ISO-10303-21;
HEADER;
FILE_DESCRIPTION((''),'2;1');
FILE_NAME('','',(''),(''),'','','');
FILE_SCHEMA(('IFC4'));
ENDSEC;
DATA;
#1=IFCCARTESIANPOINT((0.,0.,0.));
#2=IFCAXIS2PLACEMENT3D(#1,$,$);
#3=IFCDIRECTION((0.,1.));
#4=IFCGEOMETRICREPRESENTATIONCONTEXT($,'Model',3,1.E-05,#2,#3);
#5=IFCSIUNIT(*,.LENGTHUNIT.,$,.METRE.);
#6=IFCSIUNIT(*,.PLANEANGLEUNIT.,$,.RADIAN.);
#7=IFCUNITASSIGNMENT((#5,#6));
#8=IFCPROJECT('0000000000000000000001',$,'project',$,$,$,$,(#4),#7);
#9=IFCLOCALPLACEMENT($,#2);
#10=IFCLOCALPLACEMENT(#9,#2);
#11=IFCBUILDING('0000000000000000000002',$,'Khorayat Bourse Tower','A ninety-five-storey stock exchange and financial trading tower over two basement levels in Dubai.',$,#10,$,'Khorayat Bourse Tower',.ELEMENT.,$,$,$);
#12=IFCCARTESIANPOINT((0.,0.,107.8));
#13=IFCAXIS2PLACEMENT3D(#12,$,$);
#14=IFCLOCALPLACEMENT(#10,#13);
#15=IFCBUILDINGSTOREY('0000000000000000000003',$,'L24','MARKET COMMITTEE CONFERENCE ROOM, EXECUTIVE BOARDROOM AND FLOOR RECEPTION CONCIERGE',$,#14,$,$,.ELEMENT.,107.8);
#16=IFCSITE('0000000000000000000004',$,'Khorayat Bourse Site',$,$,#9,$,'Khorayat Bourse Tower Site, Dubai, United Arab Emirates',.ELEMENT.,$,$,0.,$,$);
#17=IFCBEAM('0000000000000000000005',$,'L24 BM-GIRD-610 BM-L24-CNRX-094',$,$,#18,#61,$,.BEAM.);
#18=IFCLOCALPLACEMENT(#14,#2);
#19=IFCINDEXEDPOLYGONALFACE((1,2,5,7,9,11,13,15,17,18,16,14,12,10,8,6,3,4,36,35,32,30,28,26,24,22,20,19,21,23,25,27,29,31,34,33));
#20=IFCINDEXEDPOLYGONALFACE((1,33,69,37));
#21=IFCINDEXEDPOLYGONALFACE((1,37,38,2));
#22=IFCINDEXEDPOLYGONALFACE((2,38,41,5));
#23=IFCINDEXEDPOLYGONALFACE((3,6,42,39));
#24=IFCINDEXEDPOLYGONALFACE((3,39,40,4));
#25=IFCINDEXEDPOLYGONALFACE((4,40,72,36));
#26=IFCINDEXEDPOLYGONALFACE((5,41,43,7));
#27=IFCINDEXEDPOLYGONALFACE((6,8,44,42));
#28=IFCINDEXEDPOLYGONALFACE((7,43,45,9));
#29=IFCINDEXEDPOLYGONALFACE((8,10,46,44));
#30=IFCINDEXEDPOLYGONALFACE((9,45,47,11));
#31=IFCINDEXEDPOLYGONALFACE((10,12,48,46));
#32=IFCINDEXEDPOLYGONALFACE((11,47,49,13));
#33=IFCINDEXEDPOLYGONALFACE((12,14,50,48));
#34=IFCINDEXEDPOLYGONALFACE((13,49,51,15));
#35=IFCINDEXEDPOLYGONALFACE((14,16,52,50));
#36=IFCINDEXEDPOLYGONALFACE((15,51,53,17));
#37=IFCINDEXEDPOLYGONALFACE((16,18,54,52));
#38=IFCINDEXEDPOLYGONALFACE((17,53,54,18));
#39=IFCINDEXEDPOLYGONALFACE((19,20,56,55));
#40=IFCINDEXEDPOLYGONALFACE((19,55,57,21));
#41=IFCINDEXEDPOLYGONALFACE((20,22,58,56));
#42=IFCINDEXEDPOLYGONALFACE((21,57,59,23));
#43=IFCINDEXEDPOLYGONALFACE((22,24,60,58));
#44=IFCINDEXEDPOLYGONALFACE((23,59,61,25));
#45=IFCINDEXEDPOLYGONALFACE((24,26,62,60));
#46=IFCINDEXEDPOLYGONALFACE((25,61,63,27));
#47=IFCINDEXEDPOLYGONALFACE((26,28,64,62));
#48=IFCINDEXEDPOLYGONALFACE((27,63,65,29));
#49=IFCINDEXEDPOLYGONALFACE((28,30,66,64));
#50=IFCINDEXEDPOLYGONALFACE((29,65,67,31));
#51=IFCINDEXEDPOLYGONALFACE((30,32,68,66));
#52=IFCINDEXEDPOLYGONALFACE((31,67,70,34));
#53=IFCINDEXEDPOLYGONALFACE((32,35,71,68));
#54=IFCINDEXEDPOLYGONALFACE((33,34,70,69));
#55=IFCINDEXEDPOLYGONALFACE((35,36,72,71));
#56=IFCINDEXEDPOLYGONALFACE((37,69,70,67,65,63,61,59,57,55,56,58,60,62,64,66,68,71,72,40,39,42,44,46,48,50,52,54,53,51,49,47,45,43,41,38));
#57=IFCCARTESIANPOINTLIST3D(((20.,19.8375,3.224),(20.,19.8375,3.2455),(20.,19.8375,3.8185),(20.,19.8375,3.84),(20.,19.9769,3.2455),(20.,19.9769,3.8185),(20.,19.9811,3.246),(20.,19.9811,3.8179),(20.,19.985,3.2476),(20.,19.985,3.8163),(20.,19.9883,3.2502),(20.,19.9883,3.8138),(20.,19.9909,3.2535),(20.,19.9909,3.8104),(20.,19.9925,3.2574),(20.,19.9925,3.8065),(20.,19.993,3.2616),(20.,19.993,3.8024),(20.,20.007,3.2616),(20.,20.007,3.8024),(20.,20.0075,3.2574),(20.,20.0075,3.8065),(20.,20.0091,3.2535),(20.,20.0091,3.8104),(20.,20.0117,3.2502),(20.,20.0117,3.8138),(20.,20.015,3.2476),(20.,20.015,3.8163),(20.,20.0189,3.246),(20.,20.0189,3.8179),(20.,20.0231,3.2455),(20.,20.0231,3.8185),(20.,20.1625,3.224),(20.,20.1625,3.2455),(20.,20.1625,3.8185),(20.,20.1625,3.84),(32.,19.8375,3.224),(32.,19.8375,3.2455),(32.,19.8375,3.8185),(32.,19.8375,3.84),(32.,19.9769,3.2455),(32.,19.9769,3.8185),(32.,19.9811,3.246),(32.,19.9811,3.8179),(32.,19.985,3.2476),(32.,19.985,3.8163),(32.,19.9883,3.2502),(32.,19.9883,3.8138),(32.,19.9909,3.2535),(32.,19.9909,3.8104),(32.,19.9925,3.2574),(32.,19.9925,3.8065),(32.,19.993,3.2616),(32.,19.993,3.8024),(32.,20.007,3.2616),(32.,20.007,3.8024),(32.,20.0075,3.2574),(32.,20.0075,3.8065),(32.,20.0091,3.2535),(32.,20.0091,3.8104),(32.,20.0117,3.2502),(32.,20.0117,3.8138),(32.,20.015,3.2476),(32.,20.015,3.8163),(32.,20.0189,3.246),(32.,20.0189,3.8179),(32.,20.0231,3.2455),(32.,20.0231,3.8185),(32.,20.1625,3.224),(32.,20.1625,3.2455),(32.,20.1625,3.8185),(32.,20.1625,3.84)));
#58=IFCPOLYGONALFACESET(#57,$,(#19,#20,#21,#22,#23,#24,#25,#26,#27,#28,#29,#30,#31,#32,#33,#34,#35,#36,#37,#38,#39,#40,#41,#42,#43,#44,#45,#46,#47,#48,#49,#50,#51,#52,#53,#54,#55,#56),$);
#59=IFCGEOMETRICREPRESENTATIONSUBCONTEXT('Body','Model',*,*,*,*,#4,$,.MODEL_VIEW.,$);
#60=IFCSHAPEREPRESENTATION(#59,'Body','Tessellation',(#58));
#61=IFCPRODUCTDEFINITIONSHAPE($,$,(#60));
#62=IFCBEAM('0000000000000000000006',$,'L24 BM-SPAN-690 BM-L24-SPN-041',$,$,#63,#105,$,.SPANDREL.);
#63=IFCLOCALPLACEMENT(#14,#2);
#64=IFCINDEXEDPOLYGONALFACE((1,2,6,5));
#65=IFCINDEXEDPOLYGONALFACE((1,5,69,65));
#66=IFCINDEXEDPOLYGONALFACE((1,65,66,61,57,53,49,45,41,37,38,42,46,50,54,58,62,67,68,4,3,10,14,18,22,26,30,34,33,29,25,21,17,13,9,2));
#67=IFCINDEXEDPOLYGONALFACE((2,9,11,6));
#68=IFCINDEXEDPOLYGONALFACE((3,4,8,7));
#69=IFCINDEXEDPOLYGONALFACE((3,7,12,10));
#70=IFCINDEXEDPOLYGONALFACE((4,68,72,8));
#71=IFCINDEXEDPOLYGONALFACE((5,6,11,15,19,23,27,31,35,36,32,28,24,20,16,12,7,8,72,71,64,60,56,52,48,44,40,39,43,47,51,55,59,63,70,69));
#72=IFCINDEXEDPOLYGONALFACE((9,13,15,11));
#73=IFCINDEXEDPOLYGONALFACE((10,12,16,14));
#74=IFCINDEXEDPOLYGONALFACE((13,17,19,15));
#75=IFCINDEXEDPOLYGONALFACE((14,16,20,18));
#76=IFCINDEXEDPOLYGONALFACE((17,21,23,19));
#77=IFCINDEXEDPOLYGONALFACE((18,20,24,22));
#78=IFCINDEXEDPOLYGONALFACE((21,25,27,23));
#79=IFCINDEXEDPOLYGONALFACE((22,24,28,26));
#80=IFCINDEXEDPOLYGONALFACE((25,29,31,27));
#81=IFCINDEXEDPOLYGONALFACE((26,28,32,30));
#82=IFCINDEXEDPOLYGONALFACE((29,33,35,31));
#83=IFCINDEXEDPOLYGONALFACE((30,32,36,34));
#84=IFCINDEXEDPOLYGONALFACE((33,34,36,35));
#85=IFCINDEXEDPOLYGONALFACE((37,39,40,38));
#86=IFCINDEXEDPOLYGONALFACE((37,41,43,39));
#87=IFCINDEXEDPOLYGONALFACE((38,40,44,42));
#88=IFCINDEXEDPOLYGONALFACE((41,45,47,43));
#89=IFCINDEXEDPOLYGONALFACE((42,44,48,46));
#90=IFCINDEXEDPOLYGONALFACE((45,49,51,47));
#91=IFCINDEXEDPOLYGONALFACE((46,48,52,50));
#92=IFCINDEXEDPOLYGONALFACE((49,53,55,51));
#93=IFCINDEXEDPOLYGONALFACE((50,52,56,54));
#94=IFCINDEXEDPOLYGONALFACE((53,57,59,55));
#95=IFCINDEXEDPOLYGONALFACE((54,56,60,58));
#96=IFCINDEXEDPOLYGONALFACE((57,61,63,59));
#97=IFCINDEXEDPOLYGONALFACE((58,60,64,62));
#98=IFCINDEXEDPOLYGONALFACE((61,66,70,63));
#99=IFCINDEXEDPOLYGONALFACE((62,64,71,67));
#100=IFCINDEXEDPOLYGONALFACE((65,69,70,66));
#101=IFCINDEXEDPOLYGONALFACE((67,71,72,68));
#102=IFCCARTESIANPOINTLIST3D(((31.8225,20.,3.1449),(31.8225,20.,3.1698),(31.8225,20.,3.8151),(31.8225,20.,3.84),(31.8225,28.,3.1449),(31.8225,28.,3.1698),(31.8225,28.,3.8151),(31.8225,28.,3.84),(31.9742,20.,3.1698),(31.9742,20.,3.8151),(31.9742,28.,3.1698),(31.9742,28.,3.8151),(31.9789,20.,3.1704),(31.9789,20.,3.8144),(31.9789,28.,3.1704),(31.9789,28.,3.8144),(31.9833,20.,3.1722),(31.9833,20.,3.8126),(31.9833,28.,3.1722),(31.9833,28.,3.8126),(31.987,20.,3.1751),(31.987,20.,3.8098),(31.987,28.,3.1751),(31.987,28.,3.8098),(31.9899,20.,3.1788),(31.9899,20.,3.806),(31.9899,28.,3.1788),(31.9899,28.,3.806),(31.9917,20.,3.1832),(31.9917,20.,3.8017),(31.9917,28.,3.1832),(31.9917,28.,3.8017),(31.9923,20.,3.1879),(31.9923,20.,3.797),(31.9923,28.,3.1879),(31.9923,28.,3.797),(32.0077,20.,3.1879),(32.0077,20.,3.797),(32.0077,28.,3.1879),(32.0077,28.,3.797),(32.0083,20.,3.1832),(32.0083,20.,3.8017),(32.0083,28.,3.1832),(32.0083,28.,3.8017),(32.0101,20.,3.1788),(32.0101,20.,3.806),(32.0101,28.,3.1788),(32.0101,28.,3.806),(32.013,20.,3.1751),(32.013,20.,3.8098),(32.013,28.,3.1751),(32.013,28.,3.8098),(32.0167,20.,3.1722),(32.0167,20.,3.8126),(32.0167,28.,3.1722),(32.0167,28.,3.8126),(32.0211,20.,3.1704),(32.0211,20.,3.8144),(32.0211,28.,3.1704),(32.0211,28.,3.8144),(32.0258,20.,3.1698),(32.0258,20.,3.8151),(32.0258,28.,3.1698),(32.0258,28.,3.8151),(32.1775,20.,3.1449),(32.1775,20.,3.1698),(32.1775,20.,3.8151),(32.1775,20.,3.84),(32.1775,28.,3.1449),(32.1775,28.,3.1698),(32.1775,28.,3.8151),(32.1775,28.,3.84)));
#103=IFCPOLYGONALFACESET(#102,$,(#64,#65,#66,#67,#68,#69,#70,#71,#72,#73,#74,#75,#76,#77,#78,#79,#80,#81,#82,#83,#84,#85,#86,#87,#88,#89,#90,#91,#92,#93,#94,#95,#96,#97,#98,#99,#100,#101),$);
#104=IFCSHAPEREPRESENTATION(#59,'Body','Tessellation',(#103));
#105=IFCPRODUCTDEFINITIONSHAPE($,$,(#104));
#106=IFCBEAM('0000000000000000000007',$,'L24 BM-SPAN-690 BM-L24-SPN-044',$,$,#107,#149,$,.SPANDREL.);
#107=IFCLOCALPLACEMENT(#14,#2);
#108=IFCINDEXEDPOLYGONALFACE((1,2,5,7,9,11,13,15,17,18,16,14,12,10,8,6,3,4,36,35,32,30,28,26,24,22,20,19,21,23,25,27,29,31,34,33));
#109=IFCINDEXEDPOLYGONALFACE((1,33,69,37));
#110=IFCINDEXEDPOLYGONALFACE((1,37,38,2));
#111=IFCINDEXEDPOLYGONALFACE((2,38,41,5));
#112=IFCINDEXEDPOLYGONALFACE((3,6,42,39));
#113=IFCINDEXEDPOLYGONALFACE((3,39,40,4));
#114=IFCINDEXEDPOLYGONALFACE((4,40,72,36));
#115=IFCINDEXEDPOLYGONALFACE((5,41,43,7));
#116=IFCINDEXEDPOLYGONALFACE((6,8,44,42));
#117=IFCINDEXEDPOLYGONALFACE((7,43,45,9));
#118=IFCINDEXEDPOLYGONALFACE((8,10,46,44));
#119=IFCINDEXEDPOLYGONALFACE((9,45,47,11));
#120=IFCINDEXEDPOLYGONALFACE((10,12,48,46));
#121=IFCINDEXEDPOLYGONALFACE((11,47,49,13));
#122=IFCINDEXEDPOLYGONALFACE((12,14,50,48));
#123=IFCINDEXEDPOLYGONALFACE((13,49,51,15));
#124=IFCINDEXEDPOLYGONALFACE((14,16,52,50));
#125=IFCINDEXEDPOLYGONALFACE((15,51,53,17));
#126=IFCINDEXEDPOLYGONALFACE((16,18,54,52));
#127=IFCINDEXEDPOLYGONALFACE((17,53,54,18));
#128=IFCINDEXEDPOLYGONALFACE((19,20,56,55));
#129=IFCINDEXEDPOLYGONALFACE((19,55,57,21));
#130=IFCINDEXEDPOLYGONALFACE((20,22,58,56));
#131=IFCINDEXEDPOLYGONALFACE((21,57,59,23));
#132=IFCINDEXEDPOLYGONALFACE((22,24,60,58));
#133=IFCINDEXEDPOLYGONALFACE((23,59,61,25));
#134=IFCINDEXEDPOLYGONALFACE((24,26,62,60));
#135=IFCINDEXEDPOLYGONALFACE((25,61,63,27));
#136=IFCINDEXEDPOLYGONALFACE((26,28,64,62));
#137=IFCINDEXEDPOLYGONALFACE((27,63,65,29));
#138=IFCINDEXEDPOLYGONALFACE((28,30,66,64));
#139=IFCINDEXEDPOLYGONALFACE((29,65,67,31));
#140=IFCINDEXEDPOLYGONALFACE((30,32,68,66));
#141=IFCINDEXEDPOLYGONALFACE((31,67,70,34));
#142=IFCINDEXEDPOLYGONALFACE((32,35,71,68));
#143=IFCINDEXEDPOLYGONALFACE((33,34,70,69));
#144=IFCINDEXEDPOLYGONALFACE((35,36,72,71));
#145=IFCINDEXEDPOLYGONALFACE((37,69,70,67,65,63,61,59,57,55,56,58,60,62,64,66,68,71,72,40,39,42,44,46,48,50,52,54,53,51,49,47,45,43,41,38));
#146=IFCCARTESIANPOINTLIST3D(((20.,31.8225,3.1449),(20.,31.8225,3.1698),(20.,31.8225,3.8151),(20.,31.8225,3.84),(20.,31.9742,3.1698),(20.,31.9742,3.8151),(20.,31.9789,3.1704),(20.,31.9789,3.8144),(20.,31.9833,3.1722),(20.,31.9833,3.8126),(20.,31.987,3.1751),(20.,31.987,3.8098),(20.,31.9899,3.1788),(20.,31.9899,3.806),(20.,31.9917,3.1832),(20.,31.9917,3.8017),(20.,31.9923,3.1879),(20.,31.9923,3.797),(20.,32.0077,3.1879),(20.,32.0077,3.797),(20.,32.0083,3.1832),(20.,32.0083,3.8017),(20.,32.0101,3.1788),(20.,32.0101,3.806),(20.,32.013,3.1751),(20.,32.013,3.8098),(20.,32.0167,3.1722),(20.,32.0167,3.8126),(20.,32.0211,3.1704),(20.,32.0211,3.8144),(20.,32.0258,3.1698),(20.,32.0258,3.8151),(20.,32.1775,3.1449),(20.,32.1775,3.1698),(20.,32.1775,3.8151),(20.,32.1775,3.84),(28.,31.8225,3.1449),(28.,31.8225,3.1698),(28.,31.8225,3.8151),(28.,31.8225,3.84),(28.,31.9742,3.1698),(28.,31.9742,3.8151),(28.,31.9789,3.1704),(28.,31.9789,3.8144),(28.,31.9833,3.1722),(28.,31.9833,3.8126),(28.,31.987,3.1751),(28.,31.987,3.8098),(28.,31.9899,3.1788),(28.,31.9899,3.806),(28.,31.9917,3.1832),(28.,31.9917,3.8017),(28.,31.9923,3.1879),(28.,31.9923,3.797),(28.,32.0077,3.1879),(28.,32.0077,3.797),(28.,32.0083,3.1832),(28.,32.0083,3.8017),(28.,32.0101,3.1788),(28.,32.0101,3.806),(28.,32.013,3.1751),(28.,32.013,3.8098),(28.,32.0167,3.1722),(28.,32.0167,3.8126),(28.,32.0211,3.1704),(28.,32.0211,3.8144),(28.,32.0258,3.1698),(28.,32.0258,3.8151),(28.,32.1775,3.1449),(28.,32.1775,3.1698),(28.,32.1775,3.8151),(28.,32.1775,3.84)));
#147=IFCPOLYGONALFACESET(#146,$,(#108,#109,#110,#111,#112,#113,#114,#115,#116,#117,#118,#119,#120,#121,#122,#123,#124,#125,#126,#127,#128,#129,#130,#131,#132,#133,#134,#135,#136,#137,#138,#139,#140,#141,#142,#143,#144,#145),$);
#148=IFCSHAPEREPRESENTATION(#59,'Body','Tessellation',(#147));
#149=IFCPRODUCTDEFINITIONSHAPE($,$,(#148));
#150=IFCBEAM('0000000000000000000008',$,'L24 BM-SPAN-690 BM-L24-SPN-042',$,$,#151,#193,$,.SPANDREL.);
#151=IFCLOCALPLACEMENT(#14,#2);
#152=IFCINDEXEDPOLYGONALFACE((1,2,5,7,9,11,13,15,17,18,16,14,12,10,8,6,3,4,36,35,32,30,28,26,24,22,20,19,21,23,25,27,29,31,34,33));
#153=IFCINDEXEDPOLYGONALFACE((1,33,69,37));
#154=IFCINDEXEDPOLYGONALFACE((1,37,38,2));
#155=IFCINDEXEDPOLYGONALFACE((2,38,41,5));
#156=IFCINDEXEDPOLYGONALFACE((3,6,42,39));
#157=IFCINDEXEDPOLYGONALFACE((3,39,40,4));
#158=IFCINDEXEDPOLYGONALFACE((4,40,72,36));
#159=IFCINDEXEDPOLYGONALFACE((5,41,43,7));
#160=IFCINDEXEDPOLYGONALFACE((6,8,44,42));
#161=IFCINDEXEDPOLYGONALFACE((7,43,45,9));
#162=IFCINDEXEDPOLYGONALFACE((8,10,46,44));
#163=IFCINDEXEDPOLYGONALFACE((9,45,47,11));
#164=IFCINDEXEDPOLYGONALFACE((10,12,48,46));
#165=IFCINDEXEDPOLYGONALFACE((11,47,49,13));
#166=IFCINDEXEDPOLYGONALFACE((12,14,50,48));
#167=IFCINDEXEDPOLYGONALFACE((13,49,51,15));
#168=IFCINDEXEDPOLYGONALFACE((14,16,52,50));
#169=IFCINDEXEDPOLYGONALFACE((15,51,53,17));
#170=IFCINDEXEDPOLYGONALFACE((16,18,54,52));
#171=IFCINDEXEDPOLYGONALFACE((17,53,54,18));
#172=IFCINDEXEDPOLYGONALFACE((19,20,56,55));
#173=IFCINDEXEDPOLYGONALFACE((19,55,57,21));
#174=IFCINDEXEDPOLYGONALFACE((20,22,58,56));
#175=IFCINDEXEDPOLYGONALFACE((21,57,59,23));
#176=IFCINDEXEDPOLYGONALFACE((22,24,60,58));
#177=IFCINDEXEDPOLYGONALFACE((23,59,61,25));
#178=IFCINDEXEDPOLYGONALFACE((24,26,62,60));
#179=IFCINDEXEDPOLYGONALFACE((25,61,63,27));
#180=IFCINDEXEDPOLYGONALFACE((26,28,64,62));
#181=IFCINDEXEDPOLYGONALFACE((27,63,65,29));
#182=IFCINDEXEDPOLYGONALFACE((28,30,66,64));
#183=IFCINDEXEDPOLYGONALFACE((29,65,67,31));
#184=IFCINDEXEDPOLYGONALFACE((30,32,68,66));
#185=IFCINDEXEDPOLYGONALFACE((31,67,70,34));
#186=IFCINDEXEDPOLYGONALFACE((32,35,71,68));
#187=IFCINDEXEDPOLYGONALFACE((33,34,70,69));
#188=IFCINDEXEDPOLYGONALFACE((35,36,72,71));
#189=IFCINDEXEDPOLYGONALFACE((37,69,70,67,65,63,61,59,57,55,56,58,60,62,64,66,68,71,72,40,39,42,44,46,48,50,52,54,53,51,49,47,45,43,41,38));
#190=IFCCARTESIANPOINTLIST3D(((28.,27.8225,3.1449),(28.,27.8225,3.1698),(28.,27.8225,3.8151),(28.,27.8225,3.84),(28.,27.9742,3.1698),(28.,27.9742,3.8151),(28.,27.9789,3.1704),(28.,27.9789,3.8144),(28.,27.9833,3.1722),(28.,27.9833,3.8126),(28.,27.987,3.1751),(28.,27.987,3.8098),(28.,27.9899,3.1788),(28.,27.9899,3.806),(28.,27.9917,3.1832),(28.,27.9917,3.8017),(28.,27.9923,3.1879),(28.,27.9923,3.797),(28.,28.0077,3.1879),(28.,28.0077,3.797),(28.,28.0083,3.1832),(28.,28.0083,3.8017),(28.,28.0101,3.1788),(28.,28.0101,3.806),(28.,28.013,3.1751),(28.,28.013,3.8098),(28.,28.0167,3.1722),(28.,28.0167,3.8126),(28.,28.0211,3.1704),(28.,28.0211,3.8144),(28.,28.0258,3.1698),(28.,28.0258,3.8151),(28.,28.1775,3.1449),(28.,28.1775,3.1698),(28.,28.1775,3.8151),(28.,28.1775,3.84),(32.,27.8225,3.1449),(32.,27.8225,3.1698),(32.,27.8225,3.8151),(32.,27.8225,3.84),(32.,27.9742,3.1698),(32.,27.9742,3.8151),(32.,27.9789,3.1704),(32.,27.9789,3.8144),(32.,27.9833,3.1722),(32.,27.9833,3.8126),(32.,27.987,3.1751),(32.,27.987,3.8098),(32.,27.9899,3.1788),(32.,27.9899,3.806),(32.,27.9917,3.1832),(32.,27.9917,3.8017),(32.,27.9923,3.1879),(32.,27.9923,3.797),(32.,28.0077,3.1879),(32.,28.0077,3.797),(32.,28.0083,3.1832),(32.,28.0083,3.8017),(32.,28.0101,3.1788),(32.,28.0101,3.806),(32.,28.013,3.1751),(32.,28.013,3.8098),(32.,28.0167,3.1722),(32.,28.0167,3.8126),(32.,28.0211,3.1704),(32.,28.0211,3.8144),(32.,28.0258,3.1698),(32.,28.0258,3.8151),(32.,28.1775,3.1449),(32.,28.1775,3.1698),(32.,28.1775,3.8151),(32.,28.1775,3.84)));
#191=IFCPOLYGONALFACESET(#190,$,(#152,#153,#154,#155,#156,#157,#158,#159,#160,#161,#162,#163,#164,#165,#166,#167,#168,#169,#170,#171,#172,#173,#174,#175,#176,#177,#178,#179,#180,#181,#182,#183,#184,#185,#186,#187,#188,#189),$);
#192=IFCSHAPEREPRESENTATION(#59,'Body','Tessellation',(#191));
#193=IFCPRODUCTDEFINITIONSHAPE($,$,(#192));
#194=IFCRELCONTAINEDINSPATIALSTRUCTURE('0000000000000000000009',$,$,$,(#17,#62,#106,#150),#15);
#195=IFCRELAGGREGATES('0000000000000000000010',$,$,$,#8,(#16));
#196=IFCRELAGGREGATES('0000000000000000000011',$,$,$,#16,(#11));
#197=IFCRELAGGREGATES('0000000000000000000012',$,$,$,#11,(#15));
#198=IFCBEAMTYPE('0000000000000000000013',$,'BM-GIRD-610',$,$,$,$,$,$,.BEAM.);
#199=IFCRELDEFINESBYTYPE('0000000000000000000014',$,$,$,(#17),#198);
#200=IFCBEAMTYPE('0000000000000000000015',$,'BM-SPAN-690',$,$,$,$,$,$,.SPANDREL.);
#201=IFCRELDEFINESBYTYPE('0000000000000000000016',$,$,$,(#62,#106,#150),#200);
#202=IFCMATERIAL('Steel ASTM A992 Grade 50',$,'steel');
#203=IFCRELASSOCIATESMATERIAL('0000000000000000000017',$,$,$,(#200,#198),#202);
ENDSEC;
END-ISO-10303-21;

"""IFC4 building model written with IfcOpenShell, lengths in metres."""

from ifc_helpers import new_model, si_unit, direction, frame, origin, origin_2d, place, context, subcontext, project, spatial, i_section, extrude, source, transform, mapped, material, material_profile, profile_set, type_object, element, save


model = new_model("IFC4")

# Units and contexts
model_context = context("Model", 3, precision=1e-05, world=origin(), true_north=direction((0.0, 1.0)))
body_context = subcontext(model_context, "Body", "Model", "MODEL_VIEW")
ifc_project = project(units=[si_unit("LENGTHUNIT", "METRE"), si_unit("PLANEANGLEUNIT", "RADIAN")], contexts=[model_context])

# Site, building, storey
site_placement = place(None, origin())
site = spatial("IfcSite", under=ifc_project, at=site_placement, Name="Khorayat Bourse Site", LongName="Khorayat Bourse Tower Site, Dubai, United Arab Emirates", CompositionType="ELEMENT", RefElevation=0.0)
building_placement = place(site_placement, origin())
building = spatial("IfcBuilding", under=site, at=building_placement, Name="Khorayat Bourse Tower", Description="A ninety-five-storey stock exchange and financial trading tower over two basement levels in Dubai.", LongName="Khorayat Bourse Tower", CompositionType="ELEMENT")
storey_placement = place(building_placement, frame((0.0, 0.0, 107.8)))
storey = spatial("IfcBuildingStorey", under=building, at=storey_placement, Name="L24", Description="MARKET COMMITTEE CONFERENCE ROOM, EXECUTIVE BOARDROOM AND FLOOR RECEPTION CONCIERGE", CompositionType="ELEMENT", Elevation=107.8)

# Beams
ifc_material_1 = material(Name="Steel ASTM A992 Grade 50", Category="steel")
ifc_material_profile_1 = material_profile(ifc_material_1, i_section(OverallWidth=0.355, OverallDepth=0.6951, WebThickness=0.0154, FlangeThickness=0.0249, FilletRadius=0.0181, at=origin_2d()), Name="W690X217")
ifc_profile_set_1 = profile_set([ifc_material_profile_1], Name="Steel ASTM A992 Grade 50")
beam_type_1 = type_object("IfcBeamType", Name="BM-SPAN-690", PredefinedType="SPANDREL", material=ifc_profile_set_1)
ifc_material_profile_2 = material_profile(ifc_material_1, i_section(OverallWidth=0.325, OverallDepth=0.616, WebThickness=0.0139, FlangeThickness=0.0215, FilletRadius=0.0161, at=origin_2d()), Name="W610X174")
ifc_profile_set_2 = profile_set([ifc_material_profile_2], Name="Steel ASTM A992 Grade 50")
beam_type_2 = type_object("IfcBeamType", Name="BM-GIRD-610", PredefinedType="BEAM", material=ifc_profile_set_2)
shared_shape_1 = source(origin(), body_context, "Body", "SweptSolid", [
    extrude(i_section(OverallWidth=0.325, OverallDepth=0.616, WebThickness=0.0139, FlangeThickness=0.0215, FilletRadius=0.0161, at=origin_2d()), origin(), (0.0, 0.0, 1.0), 12.0),
])
beam_1_placement = place(storey_placement, frame((20.0, 20.0, 3.532), z_axis=(1.0, 0.0, 0.0), x_axis=(0.0, 1.0, 0.0)))
element("IfcBeam", 1, at=beam_1_placement, inside=storey, type_object=beam_type_2, Name="L24 BM-GIRD-610 BM-L24-CNRX-094", PredefinedType="BEAM", context=body_context, shape_type="MappedRepresentation", body=[
    mapped(shared_shape_1, transform((0.0, 0.0, 0.0), scale=1.0)),
])
shared_shape_2 = source(origin(), body_context, "Body", "SweptSolid", [
    extrude(i_section(OverallWidth=0.355, OverallDepth=0.6951, WebThickness=0.0154, FlangeThickness=0.0249, FilletRadius=0.0181, at=origin_2d()), origin(), (0.0, 0.0, 1.0), 8.0),
])
for number, where, z_axis, x_axis, name in (
    (2, (32.0, 20.0, 3.4924), (0.0, 1.0, 0.0), (-1.0, 0.0, 0.0), "L24 BM-SPAN-690 BM-L24-SPN-041"),
    (3, (20.0, 32.0, 3.4924), (1.0, 0.0, 0.0), (0.0, 1.0, 0.0), "L24 BM-SPAN-690 BM-L24-SPN-044"),
):
    element("IfcBeam", number, at=place(storey_placement, frame(where, z_axis=z_axis, x_axis=x_axis)), inside=storey, type_object=beam_type_1, Name=name, PredefinedType="SPANDREL", context=body_context, shape_type="MappedRepresentation", body=[
        mapped(shared_shape_2, transform((0.0, 0.0, 0.0), scale=1.0)),
    ])
shared_shape_3 = source(origin(), body_context, "Body", "SweptSolid", [
    extrude(i_section(OverallWidth=0.355, OverallDepth=0.6951, WebThickness=0.0154, FlangeThickness=0.0249, FilletRadius=0.0181, at=origin_2d()), origin(), (0.0, 0.0, 1.0), 4.0),
])
for number, where, z_axis, x_axis, name in (
    (4, (28.0, 28.0, 3.4924), (1.0, 0.0, 0.0), (0.0, 1.0, 0.0), "L24 BM-SPAN-690 BM-L24-SPN-042"),
):
    element("IfcBeam", number, at=place(storey_placement, frame(where, z_axis=z_axis, x_axis=x_axis)), inside=storey, type_object=beam_type_1, Name=name, PredefinedType="SPANDREL", context=body_context, shape_type="MappedRepresentation", body=[
        mapped(shared_shape_3, transform((0.0, 0.0, 0.0), scale=1.0)),
    ])

save(model, "model.ifc")
